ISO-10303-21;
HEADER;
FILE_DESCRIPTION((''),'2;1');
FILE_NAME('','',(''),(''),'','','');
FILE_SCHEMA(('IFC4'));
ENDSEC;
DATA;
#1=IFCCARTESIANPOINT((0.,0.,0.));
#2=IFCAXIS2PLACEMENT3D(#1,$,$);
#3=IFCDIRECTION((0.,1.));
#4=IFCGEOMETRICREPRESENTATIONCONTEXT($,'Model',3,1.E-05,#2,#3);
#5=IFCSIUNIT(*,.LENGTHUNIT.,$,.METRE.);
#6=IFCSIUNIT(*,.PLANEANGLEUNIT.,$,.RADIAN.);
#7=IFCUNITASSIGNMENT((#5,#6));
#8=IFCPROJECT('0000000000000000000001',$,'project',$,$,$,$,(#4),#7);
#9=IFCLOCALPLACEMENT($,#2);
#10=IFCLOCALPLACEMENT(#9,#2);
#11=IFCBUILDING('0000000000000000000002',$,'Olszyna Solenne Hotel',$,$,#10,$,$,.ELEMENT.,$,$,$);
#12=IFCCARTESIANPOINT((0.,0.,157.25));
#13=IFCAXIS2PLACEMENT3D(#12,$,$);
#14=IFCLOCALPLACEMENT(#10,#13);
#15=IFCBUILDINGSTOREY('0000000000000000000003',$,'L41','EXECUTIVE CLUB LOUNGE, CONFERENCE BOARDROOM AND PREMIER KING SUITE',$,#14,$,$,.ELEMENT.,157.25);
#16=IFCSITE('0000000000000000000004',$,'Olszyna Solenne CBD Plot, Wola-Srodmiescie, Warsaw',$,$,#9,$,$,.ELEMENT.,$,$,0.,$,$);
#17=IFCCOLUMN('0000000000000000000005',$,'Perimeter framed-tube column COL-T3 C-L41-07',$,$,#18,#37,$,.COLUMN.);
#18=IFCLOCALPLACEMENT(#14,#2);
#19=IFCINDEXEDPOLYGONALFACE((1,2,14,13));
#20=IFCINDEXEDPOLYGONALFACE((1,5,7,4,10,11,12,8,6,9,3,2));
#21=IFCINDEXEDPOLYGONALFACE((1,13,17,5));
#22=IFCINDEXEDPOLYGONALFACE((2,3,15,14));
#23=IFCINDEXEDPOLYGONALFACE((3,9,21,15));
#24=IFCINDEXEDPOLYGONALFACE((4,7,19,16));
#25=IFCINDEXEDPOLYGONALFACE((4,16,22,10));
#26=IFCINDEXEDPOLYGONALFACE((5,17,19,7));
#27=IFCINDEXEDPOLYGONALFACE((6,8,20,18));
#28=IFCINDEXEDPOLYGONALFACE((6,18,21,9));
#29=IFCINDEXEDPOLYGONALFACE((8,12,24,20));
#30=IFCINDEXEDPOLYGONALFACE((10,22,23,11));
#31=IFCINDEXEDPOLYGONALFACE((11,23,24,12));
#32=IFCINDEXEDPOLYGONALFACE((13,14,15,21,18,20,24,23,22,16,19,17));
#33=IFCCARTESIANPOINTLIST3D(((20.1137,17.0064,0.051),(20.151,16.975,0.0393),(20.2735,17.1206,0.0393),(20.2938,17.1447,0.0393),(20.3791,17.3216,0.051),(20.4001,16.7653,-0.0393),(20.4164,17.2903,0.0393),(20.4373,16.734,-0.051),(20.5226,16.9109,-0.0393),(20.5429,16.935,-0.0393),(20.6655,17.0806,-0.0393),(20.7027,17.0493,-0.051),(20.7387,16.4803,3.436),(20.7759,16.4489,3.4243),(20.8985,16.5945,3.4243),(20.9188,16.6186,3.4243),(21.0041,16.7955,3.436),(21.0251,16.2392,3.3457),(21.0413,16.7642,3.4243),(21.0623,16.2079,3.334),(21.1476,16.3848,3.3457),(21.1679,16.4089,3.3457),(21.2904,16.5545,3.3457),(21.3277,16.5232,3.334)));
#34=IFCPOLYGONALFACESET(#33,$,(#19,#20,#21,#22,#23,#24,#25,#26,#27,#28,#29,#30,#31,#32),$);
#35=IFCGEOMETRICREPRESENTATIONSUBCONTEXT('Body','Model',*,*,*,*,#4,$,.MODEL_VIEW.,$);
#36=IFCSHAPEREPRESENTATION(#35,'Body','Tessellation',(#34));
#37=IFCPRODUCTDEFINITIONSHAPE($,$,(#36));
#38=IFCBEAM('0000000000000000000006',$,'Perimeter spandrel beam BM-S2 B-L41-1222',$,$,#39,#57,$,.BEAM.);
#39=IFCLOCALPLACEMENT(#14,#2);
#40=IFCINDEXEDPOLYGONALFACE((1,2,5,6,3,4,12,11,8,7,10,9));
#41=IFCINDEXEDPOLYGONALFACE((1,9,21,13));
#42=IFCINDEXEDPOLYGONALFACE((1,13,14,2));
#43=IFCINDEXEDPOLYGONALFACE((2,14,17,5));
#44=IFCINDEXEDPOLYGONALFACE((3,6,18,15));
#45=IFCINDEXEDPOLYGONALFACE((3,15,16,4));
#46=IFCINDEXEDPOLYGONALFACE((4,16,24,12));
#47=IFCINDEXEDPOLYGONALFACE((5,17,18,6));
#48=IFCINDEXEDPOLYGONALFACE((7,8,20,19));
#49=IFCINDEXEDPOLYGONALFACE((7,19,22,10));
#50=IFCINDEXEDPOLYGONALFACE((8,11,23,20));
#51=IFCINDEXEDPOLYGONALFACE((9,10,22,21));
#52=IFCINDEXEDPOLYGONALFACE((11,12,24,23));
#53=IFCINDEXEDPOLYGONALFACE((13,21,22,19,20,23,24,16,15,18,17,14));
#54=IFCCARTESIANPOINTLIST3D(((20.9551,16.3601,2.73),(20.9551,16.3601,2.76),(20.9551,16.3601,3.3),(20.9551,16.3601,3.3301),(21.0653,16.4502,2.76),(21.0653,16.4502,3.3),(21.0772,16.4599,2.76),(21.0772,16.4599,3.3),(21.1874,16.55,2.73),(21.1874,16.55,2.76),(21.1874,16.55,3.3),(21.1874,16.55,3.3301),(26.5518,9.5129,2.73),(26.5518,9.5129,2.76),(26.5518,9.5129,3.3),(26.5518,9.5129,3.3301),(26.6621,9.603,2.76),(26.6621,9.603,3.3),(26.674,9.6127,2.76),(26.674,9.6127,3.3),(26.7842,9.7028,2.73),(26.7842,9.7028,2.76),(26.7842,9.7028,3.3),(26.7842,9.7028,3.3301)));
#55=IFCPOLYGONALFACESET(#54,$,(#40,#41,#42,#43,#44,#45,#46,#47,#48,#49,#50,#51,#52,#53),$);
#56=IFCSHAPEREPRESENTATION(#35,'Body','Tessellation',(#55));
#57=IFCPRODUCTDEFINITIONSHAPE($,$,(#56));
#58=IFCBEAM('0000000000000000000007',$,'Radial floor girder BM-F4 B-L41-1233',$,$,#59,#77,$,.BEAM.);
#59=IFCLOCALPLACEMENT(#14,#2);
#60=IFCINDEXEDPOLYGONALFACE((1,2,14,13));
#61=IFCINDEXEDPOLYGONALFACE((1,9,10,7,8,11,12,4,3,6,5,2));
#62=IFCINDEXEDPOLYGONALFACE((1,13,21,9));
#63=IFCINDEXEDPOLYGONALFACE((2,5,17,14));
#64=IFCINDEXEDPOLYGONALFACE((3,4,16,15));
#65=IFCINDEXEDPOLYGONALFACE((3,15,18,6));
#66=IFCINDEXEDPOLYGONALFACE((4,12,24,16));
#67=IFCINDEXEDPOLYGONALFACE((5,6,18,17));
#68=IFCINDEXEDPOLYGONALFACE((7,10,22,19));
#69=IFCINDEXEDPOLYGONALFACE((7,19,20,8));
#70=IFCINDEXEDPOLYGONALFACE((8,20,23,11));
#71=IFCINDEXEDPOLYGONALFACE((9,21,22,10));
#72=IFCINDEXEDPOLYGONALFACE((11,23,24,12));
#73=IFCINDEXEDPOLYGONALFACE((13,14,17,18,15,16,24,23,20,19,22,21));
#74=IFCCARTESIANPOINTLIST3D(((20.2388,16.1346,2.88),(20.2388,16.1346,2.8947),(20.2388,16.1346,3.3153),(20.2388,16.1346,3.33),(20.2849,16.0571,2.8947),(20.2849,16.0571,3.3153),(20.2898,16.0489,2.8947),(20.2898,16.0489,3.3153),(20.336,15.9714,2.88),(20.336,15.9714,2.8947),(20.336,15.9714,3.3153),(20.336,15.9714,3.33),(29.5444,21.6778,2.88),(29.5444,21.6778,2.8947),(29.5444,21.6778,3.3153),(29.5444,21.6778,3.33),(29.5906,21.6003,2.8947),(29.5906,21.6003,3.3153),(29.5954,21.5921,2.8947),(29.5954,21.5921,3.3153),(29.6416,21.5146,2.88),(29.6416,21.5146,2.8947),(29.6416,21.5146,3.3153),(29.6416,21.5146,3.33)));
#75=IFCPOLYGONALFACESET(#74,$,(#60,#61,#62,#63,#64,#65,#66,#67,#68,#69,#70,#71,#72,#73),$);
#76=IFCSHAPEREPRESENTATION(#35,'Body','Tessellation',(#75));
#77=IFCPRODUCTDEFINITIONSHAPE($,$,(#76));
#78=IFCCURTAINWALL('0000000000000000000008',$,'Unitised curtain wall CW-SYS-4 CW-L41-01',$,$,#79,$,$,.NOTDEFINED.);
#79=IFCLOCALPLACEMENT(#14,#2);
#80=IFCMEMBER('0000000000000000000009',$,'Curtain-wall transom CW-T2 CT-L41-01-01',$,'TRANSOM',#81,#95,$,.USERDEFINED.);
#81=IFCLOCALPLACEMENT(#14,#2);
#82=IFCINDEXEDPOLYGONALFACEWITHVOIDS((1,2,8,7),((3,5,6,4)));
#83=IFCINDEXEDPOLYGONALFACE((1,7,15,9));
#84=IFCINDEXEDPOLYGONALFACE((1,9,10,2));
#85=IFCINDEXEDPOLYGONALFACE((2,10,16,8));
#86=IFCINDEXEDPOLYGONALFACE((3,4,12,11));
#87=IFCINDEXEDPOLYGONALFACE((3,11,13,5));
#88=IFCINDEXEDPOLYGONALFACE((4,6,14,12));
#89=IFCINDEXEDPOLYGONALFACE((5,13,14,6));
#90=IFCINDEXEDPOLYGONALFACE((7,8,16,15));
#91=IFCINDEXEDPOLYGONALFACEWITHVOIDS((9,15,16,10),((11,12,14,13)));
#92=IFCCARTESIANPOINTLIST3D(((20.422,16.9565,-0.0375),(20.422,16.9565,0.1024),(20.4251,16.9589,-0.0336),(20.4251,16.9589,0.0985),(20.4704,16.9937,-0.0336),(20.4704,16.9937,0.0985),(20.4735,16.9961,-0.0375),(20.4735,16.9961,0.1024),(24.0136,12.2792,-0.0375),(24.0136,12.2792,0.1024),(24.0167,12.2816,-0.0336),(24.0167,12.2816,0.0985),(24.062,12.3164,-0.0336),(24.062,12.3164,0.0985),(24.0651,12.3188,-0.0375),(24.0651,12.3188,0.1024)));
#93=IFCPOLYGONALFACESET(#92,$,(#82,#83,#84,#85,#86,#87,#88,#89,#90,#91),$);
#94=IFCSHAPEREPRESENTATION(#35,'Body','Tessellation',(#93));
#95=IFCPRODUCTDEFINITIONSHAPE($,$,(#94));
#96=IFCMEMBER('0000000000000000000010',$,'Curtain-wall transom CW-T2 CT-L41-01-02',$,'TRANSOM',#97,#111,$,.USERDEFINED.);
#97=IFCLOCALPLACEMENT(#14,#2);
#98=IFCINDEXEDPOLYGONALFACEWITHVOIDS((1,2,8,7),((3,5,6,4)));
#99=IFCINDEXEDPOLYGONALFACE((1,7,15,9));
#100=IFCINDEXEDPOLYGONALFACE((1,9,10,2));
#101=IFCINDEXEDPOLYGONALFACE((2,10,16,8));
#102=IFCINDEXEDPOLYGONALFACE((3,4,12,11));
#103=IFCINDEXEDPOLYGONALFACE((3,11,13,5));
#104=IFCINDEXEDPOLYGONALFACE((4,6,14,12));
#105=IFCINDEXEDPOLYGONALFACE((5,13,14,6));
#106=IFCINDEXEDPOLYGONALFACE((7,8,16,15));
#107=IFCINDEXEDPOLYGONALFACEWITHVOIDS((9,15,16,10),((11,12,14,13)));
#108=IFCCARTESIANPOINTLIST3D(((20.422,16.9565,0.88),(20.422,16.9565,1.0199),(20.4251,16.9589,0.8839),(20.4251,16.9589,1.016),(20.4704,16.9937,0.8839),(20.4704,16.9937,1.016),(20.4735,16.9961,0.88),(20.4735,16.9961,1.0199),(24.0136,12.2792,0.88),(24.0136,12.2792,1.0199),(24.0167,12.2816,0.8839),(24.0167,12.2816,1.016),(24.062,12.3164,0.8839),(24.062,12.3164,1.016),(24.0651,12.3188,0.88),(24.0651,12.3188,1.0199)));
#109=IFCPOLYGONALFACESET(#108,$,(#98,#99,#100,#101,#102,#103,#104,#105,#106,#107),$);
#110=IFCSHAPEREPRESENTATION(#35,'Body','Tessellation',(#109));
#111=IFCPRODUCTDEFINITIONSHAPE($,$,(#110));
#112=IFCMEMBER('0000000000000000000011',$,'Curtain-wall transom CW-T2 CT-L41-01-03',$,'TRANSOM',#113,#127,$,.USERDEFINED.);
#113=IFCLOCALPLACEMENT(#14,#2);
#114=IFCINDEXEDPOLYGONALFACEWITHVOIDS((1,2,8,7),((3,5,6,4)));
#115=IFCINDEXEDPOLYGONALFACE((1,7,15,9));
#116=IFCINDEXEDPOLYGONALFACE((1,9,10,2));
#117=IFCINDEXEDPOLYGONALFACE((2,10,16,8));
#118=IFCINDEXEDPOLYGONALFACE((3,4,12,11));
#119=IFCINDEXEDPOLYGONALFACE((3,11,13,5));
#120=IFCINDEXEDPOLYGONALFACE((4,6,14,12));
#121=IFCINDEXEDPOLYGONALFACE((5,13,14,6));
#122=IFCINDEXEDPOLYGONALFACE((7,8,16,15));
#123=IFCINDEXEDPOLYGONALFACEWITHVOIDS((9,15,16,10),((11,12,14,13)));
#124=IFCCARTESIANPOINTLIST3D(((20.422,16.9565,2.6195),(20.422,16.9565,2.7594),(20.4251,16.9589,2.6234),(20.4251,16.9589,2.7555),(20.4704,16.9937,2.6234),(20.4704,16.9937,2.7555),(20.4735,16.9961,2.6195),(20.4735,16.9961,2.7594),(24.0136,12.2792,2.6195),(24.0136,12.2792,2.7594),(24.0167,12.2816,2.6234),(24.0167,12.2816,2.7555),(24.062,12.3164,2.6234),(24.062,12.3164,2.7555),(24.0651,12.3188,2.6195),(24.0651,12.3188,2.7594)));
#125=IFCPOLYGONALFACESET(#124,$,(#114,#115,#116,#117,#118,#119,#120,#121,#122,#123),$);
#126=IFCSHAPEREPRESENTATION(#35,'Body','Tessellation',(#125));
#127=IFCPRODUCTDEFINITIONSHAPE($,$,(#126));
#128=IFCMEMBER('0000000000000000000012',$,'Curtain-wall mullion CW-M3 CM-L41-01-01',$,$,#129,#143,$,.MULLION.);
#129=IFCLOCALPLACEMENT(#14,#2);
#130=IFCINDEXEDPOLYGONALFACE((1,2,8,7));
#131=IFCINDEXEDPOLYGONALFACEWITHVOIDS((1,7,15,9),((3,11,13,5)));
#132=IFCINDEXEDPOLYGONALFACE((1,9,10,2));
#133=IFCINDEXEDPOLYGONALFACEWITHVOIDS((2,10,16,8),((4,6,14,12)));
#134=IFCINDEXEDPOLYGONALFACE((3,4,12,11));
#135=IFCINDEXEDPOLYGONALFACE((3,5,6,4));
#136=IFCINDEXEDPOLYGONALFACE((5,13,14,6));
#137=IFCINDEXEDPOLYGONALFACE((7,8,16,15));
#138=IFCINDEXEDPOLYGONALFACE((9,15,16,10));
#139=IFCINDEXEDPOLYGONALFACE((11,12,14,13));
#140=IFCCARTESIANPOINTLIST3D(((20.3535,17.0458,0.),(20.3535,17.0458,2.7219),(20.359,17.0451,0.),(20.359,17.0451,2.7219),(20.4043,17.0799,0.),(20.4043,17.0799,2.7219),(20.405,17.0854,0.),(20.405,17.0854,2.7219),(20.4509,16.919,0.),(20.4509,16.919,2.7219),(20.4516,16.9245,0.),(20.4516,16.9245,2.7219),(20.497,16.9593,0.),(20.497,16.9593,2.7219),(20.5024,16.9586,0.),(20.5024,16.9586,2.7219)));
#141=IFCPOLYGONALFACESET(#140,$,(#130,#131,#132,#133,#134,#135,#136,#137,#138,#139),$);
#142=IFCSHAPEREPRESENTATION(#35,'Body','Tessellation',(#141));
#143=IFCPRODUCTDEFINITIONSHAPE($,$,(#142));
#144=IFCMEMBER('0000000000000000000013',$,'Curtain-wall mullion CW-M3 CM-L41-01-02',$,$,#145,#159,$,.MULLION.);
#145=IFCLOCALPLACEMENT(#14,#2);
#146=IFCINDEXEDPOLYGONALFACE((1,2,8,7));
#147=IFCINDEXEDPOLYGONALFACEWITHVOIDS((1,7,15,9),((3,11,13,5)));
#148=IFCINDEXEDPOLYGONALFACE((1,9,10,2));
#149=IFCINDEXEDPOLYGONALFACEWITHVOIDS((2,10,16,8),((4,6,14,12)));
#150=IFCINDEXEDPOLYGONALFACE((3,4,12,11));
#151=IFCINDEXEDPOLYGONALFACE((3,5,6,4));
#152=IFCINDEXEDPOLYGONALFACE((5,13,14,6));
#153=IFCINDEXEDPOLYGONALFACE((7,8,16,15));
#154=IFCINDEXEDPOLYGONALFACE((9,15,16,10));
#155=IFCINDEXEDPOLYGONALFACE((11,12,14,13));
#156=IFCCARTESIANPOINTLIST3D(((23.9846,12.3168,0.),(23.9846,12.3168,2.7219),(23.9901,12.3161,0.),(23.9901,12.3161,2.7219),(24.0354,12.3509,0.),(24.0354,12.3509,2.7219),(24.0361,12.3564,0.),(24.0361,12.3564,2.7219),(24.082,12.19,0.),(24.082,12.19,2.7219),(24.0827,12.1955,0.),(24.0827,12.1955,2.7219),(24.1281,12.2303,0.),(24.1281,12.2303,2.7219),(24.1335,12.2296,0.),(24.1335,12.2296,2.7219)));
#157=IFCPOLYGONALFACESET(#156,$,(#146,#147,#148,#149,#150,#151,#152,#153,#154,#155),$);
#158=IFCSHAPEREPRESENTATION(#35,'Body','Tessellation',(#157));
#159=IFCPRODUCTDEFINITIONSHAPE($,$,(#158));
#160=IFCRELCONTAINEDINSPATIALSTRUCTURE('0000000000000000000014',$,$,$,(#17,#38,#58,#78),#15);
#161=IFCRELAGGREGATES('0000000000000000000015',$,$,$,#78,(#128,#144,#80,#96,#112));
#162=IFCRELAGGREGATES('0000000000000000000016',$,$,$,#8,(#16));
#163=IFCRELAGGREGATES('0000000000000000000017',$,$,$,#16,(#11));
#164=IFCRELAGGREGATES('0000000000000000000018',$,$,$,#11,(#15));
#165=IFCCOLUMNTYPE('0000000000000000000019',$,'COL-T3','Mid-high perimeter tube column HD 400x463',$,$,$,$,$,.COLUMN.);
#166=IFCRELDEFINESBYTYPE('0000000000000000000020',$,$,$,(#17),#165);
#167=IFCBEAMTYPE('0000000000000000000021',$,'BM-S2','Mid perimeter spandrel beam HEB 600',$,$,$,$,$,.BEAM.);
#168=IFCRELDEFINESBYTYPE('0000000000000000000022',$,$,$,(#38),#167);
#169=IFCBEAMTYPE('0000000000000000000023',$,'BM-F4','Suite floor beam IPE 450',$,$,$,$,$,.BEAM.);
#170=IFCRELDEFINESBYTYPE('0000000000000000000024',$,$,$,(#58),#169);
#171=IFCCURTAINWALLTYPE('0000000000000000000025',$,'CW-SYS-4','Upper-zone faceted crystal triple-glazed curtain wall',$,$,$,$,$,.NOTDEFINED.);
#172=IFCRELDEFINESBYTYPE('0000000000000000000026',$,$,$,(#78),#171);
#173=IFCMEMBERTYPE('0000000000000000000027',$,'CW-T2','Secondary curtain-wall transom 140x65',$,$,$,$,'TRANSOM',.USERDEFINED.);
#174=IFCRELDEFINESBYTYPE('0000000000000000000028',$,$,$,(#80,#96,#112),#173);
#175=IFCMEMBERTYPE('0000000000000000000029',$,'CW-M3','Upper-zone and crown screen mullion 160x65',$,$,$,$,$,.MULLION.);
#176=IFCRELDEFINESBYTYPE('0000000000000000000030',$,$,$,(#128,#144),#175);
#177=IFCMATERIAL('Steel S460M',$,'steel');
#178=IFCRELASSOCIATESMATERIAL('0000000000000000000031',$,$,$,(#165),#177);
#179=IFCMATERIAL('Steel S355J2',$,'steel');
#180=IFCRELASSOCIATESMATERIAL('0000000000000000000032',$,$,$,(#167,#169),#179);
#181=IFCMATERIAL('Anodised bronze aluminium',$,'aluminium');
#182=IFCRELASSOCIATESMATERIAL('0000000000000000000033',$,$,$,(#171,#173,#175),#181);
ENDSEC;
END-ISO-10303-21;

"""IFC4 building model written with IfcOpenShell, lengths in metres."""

from ifc_helpers import new_model, si_unit, direction, frame, origin, origin_2d, place, context, subcontext, project, spatial, hollow_rectangle, i_section, extrude, source, transform, mapped, material, material_profile, profile_set, type_object, element, aggregate, save


model = new_model("IFC4")

# Units and contexts
model_context = context("Model", 3, precision=1e-05, world=origin(), true_north=direction((0.0, 1.0)))
body_context = subcontext(model_context, "Body", "Model", "MODEL_VIEW")
ifc_project = project(units=[si_unit("LENGTHUNIT", "METRE"), si_unit("PLANEANGLEUNIT", "RADIAN")], contexts=[model_context])

# Site, building, storey
site_placement = place(None, origin())
site = spatial("IfcSite", under=ifc_project, at=site_placement, Name="Olszyna Solenne CBD Plot, Wola-Srodmiescie, Warsaw", CompositionType="ELEMENT", RefElevation=0.0)
building_placement = place(site_placement, origin())
building = spatial("IfcBuilding", under=site, at=building_placement, Name="Olszyna Solenne Hotel", CompositionType="ELEMENT")
storey_placement = place(building_placement, frame((0.0, 0.0, 157.25)))
storey = spatial("IfcBuildingStorey", under=building, at=storey_placement, Name="L41", Description="EXECUTIVE CLUB LOUNGE, CONFERENCE BOARDROOM AND PREMIER KING SUITE", CompositionType="ELEMENT", Elevation=157.25)

# Column
ifc_material_1 = material(Name="Steel S460M", Category="steel")
ifc_material_profile_1 = material_profile(ifc_material_1, i_section(OverallWidth=0.4121, OverallDepth=0.4351, WebThickness=0.0315, FlangeThickness=0.05, at=origin_2d()), Name="HD 400x463", Category="load-bearing")
ifc_profile_set_1 = profile_set([ifc_material_profile_1], Name="Steel S460M")
column_type = type_object("IfcColumnType", Name="COL-T3", Description="Mid-high perimeter tube column HD 400x463", PredefinedType="COLUMN", material=ifc_profile_set_1)
shared_shape_1 = source(origin(), body_context, "Body", "SweptSolid", [
    extrude(i_section(OverallWidth=0.4121, OverallDepth=0.4351, WebThickness=0.0315, FlangeThickness=0.05, at=origin_2d()), origin(), (0.0, 0.0, 1.0), 3.4822),
])
column_placement = place(storey_placement, frame((20.4082, 17.0278, 0.0), z_axis=(0.179484, -0.151089, 0.972089), x_axis=(0.643998, 0.765027, 0.0)))
element("IfcColumn", 1, at=column_placement, inside=storey, type_object=column_type, Name="Perimeter framed-tube column COL-T3 C-L41-07", PredefinedType="COLUMN", context=body_context, shape_type="MappedRepresentation", body=[
    mapped(shared_shape_1, transform((0.0, 0.0, 0.0), x_axis=(1.0, 0.0, 0.0), y_axis=(0.0, 1.0, 0.0), z_axis=(0.0, 0.0, 1.0), scale=1.0)),
])

# Beams
ifc_material_2 = material(Name="Steel S355J2", Category="steel")
ifc_material_profile_2 = material_profile(ifc_material_2, i_section(OverallWidth=0.3, OverallDepth=0.6001, WebThickness=0.0154, FlangeThickness=0.03, at=origin_2d()), Name="HEB 600", Category="load-bearing")
ifc_profile_set_2 = profile_set([ifc_material_profile_2], Name="Steel S355J2")
beam_type_1 = type_object("IfcBeamType", Name="BM-S2", Description="Mid perimeter spandrel beam HEB 600", PredefinedType="BEAM", material=ifc_profile_set_2)
shared_shape_2 = source(origin(), body_context, "Body", "SweptSolid", [
    extrude(i_section(OverallWidth=0.3, OverallDepth=0.6001, WebThickness=0.0154, FlangeThickness=0.03, at=origin_2d()), origin(), (0.0, 0.0, 1.0), 8.8435),
])
beam_1_placement = place(storey_placement, frame((21.0713, 16.4551, 3.03), z_axis=(0.632862, -0.774265, 0.0), x_axis=(0.774265, 0.632862, 0.0)))
element("IfcBeam", 2, at=beam_1_placement, inside=storey, type_object=beam_type_1, Name="Perimeter spandrel beam BM-S2 B-L41-1222", PredefinedType="BEAM", context=body_context, shape_type="MappedRepresentation", body=[
    mapped(shared_shape_2, transform((0.0, 0.0, 0.0), x_axis=(1.0, 0.0, 0.0), y_axis=(0.0, 1.0, 0.0), z_axis=(0.0, 0.0, 1.0), scale=1.0)),
])
ifc_material_profile_3 = material_profile(ifc_material_2, i_section(OverallWidth=0.1899, OverallDepth=0.45, WebThickness=0.0095, FlangeThickness=0.0146, at=origin_2d()), Name="IPE 450", Category="load-bearing")
ifc_profile_set_3 = profile_set([ifc_material_profile_3], Name="Steel S355J2")
beam_type_2 = type_object("IfcBeamType", Name="BM-F4", Description="Suite floor beam IPE 450", PredefinedType="BEAM", material=ifc_profile_set_3)
shared_shape_3 = source(origin(), body_context, "Body", "SweptSolid", [
    extrude(i_section(OverallWidth=0.1899, OverallDepth=0.45, WebThickness=0.0095, FlangeThickness=0.0146, at=origin_2d()), origin(), (0.0, 0.0, 1.0), 10.8315),
])
beam_2_placement = place(storey_placement, frame((20.2874, 16.053, 3.105), z_axis=(0.859125, 0.511765, 0.0), x_axis=(-0.511765, 0.859125, 0.0)))
element("IfcBeam", 3, at=beam_2_placement, inside=storey, type_object=beam_type_2, Name="Radial floor girder BM-F4 B-L41-1233", PredefinedType="BEAM", context=body_context, shape_type="MappedRepresentation", body=[
    mapped(shared_shape_3, transform((0.0, 0.0, 0.0), x_axis=(1.0, 0.0, 0.0), y_axis=(0.0, 1.0, 0.0), z_axis=(0.0, 0.0, 1.0), scale=1.0)),
])

# Curtain wall, members
ifc_material_3 = material(Name="Anodised bronze aluminium", Category="aluminium")
curtain_wall_type = type_object("IfcCurtainWallType", Name="CW-SYS-4", Description="Upper-zone faceted crystal triple-glazed curtain wall", PredefinedType="NOTDEFINED", material=ifc_material_3)
curtain_wall_placement = place(storey_placement, origin())
curtain_wall = element("IfcCurtainWall", 4, at=curtain_wall_placement, inside=storey, type_object=curtain_wall_type, Name="Unitised curtain wall CW-SYS-4 CW-L41-01", PredefinedType="NOTDEFINED")
ifc_material_profile_4 = material_profile(ifc_material_3, hollow_rectangle(XDim=0.0649, YDim=0.1399, WallThickness=0.0039, at=origin_2d()), Name="TRAN 140x65x4", Category="load-bearing")
ifc_profile_set_4 = profile_set([ifc_material_profile_4], Name="Anodised bronze aluminium")
member_type_1 = type_object("IfcMemberType", Name="CW-T2", Description="Secondary curtain-wall transom 140x65", ElementType="TRANSOM", PredefinedType="USERDEFINED", material=ifc_profile_set_4)
shared_shape_4 = source(origin(), body_context, "Body", "SweptSolid", [
    extrude(hollow_rectangle(XDim=0.0649, YDim=0.1399, WallThickness=0.0039, at=origin_2d()), origin(), (0.0, 0.0, 1.0), 5.8972),
])
member_1_placement = place(storey_placement, frame((20.4478, 16.9763, 0.0325), z_axis=(0.609036, -0.793142, 0.0), x_axis=(0.793142, 0.609036, 0.0)))
member_1 = element("IfcMember", 5, at=member_1_placement, type_object=member_type_1, Name="Curtain-wall transom CW-T2 CT-L41-01-01", ObjectType="TRANSOM", PredefinedType="USERDEFINED", context=body_context, shape_type="MappedRepresentation", body=[
    mapped(shared_shape_4, transform((0.0, 0.0, 0.0), x_axis=(1.0, 0.0, 0.0), y_axis=(0.0, 1.0, 0.0), z_axis=(0.0, 0.0, 1.0), scale=1.0)),
])
member_2_placement = place(storey_placement, frame((20.4478, 16.9763, 0.95), z_axis=(0.609036, -0.793142, 0.0), x_axis=(0.793142, 0.609036, 0.0)))
member_2 = element("IfcMember", 6, at=member_2_placement, type_object=member_type_1, Name="Curtain-wall transom CW-T2 CT-L41-01-02", ObjectType="TRANSOM", PredefinedType="USERDEFINED", context=body_context, shape_type="MappedRepresentation", body=[
    mapped(shared_shape_4, transform((0.0, 0.0, 0.0), x_axis=(1.0, 0.0, 0.0), y_axis=(0.0, 1.0, 0.0), z_axis=(0.0, 0.0, 1.0), scale=1.0)),
])
member_3_placement = place(storey_placement, frame((20.4478, 16.9763, 2.6895), z_axis=(0.609036, -0.793142, 0.0), x_axis=(0.793142, 0.609036, 0.0)))
member_3 = element("IfcMember", 7, at=member_3_placement, type_object=member_type_1, Name="Curtain-wall transom CW-T2 CT-L41-01-03", ObjectType="TRANSOM", PredefinedType="USERDEFINED", context=body_context, shape_type="MappedRepresentation", body=[
    mapped(shared_shape_4, transform((0.0, 0.0, 0.0), x_axis=(1.0, 0.0, 0.0), y_axis=(0.0, 1.0, 0.0), z_axis=(0.0, 0.0, 1.0), scale=1.0)),
])
ifc_material_profile_5 = material_profile(ifc_material_3, hollow_rectangle(XDim=0.0649, YDim=0.1599, WallThickness=0.0039, at=origin_2d()), Name="MULL 160x65x4", Category="load-bearing")
ifc_profile_set_5 = profile_set([ifc_material_profile_5], Name="Anodised bronze aluminium")
member_type_2 = type_object("IfcMemberType", Name="CW-M3", Description="Upper-zone and crown screen mullion 160x65", PredefinedType="MULLION", material=ifc_profile_set_5)
shared_shape_5 = source(origin(), body_context, "Body", "SweptSolid", [
    extrude(hollow_rectangle(XDim=0.0649, YDim=0.1599, WallThickness=0.0039, at=origin_2d()), origin(), (0.0, 0.0, 1.0), 2.7219),
])
member_4_placement = place(storey_placement, frame((20.428, 17.0022, 0.0), z_axis=(0.0, 0.0, 1.0), x_axis=(0.79315, 0.609026, 0.0)))
member_4 = element("IfcMember", 8, at=member_4_placement, type_object=member_type_2, Name="Curtain-wall mullion CW-M3 CM-L41-01-01", PredefinedType="MULLION", context=body_context, shape_type="MappedRepresentation", body=[
    mapped(shared_shape_5, transform((0.0, 0.0, 0.0), x_axis=(1.0, 0.0, 0.0), y_axis=(0.0, 1.0, 0.0), z_axis=(0.0, 0.0, 1.0), scale=1.0)),
])
member_5_placement = place(storey_placement, frame((24.0591, 12.2732, 0.0), z_axis=(0.0, 0.0, 1.0), x_axis=(0.79315, 0.609026, 0.0)))
member_5 = element("IfcMember", 9, at=member_5_placement, type_object=member_type_2, Name="Curtain-wall mullion CW-M3 CM-L41-01-02", PredefinedType="MULLION", context=body_context, shape_type="MappedRepresentation", body=[
    mapped(shared_shape_5, transform((0.0, 0.0, 0.0), x_axis=(1.0, 0.0, 0.0), y_axis=(0.0, 1.0, 0.0), z_axis=(0.0, 0.0, 1.0), scale=1.0)),
])

aggregate(curtain_wall, [member_4, member_5, member_1, member_2, member_3])

save(model, "model.ifc")
